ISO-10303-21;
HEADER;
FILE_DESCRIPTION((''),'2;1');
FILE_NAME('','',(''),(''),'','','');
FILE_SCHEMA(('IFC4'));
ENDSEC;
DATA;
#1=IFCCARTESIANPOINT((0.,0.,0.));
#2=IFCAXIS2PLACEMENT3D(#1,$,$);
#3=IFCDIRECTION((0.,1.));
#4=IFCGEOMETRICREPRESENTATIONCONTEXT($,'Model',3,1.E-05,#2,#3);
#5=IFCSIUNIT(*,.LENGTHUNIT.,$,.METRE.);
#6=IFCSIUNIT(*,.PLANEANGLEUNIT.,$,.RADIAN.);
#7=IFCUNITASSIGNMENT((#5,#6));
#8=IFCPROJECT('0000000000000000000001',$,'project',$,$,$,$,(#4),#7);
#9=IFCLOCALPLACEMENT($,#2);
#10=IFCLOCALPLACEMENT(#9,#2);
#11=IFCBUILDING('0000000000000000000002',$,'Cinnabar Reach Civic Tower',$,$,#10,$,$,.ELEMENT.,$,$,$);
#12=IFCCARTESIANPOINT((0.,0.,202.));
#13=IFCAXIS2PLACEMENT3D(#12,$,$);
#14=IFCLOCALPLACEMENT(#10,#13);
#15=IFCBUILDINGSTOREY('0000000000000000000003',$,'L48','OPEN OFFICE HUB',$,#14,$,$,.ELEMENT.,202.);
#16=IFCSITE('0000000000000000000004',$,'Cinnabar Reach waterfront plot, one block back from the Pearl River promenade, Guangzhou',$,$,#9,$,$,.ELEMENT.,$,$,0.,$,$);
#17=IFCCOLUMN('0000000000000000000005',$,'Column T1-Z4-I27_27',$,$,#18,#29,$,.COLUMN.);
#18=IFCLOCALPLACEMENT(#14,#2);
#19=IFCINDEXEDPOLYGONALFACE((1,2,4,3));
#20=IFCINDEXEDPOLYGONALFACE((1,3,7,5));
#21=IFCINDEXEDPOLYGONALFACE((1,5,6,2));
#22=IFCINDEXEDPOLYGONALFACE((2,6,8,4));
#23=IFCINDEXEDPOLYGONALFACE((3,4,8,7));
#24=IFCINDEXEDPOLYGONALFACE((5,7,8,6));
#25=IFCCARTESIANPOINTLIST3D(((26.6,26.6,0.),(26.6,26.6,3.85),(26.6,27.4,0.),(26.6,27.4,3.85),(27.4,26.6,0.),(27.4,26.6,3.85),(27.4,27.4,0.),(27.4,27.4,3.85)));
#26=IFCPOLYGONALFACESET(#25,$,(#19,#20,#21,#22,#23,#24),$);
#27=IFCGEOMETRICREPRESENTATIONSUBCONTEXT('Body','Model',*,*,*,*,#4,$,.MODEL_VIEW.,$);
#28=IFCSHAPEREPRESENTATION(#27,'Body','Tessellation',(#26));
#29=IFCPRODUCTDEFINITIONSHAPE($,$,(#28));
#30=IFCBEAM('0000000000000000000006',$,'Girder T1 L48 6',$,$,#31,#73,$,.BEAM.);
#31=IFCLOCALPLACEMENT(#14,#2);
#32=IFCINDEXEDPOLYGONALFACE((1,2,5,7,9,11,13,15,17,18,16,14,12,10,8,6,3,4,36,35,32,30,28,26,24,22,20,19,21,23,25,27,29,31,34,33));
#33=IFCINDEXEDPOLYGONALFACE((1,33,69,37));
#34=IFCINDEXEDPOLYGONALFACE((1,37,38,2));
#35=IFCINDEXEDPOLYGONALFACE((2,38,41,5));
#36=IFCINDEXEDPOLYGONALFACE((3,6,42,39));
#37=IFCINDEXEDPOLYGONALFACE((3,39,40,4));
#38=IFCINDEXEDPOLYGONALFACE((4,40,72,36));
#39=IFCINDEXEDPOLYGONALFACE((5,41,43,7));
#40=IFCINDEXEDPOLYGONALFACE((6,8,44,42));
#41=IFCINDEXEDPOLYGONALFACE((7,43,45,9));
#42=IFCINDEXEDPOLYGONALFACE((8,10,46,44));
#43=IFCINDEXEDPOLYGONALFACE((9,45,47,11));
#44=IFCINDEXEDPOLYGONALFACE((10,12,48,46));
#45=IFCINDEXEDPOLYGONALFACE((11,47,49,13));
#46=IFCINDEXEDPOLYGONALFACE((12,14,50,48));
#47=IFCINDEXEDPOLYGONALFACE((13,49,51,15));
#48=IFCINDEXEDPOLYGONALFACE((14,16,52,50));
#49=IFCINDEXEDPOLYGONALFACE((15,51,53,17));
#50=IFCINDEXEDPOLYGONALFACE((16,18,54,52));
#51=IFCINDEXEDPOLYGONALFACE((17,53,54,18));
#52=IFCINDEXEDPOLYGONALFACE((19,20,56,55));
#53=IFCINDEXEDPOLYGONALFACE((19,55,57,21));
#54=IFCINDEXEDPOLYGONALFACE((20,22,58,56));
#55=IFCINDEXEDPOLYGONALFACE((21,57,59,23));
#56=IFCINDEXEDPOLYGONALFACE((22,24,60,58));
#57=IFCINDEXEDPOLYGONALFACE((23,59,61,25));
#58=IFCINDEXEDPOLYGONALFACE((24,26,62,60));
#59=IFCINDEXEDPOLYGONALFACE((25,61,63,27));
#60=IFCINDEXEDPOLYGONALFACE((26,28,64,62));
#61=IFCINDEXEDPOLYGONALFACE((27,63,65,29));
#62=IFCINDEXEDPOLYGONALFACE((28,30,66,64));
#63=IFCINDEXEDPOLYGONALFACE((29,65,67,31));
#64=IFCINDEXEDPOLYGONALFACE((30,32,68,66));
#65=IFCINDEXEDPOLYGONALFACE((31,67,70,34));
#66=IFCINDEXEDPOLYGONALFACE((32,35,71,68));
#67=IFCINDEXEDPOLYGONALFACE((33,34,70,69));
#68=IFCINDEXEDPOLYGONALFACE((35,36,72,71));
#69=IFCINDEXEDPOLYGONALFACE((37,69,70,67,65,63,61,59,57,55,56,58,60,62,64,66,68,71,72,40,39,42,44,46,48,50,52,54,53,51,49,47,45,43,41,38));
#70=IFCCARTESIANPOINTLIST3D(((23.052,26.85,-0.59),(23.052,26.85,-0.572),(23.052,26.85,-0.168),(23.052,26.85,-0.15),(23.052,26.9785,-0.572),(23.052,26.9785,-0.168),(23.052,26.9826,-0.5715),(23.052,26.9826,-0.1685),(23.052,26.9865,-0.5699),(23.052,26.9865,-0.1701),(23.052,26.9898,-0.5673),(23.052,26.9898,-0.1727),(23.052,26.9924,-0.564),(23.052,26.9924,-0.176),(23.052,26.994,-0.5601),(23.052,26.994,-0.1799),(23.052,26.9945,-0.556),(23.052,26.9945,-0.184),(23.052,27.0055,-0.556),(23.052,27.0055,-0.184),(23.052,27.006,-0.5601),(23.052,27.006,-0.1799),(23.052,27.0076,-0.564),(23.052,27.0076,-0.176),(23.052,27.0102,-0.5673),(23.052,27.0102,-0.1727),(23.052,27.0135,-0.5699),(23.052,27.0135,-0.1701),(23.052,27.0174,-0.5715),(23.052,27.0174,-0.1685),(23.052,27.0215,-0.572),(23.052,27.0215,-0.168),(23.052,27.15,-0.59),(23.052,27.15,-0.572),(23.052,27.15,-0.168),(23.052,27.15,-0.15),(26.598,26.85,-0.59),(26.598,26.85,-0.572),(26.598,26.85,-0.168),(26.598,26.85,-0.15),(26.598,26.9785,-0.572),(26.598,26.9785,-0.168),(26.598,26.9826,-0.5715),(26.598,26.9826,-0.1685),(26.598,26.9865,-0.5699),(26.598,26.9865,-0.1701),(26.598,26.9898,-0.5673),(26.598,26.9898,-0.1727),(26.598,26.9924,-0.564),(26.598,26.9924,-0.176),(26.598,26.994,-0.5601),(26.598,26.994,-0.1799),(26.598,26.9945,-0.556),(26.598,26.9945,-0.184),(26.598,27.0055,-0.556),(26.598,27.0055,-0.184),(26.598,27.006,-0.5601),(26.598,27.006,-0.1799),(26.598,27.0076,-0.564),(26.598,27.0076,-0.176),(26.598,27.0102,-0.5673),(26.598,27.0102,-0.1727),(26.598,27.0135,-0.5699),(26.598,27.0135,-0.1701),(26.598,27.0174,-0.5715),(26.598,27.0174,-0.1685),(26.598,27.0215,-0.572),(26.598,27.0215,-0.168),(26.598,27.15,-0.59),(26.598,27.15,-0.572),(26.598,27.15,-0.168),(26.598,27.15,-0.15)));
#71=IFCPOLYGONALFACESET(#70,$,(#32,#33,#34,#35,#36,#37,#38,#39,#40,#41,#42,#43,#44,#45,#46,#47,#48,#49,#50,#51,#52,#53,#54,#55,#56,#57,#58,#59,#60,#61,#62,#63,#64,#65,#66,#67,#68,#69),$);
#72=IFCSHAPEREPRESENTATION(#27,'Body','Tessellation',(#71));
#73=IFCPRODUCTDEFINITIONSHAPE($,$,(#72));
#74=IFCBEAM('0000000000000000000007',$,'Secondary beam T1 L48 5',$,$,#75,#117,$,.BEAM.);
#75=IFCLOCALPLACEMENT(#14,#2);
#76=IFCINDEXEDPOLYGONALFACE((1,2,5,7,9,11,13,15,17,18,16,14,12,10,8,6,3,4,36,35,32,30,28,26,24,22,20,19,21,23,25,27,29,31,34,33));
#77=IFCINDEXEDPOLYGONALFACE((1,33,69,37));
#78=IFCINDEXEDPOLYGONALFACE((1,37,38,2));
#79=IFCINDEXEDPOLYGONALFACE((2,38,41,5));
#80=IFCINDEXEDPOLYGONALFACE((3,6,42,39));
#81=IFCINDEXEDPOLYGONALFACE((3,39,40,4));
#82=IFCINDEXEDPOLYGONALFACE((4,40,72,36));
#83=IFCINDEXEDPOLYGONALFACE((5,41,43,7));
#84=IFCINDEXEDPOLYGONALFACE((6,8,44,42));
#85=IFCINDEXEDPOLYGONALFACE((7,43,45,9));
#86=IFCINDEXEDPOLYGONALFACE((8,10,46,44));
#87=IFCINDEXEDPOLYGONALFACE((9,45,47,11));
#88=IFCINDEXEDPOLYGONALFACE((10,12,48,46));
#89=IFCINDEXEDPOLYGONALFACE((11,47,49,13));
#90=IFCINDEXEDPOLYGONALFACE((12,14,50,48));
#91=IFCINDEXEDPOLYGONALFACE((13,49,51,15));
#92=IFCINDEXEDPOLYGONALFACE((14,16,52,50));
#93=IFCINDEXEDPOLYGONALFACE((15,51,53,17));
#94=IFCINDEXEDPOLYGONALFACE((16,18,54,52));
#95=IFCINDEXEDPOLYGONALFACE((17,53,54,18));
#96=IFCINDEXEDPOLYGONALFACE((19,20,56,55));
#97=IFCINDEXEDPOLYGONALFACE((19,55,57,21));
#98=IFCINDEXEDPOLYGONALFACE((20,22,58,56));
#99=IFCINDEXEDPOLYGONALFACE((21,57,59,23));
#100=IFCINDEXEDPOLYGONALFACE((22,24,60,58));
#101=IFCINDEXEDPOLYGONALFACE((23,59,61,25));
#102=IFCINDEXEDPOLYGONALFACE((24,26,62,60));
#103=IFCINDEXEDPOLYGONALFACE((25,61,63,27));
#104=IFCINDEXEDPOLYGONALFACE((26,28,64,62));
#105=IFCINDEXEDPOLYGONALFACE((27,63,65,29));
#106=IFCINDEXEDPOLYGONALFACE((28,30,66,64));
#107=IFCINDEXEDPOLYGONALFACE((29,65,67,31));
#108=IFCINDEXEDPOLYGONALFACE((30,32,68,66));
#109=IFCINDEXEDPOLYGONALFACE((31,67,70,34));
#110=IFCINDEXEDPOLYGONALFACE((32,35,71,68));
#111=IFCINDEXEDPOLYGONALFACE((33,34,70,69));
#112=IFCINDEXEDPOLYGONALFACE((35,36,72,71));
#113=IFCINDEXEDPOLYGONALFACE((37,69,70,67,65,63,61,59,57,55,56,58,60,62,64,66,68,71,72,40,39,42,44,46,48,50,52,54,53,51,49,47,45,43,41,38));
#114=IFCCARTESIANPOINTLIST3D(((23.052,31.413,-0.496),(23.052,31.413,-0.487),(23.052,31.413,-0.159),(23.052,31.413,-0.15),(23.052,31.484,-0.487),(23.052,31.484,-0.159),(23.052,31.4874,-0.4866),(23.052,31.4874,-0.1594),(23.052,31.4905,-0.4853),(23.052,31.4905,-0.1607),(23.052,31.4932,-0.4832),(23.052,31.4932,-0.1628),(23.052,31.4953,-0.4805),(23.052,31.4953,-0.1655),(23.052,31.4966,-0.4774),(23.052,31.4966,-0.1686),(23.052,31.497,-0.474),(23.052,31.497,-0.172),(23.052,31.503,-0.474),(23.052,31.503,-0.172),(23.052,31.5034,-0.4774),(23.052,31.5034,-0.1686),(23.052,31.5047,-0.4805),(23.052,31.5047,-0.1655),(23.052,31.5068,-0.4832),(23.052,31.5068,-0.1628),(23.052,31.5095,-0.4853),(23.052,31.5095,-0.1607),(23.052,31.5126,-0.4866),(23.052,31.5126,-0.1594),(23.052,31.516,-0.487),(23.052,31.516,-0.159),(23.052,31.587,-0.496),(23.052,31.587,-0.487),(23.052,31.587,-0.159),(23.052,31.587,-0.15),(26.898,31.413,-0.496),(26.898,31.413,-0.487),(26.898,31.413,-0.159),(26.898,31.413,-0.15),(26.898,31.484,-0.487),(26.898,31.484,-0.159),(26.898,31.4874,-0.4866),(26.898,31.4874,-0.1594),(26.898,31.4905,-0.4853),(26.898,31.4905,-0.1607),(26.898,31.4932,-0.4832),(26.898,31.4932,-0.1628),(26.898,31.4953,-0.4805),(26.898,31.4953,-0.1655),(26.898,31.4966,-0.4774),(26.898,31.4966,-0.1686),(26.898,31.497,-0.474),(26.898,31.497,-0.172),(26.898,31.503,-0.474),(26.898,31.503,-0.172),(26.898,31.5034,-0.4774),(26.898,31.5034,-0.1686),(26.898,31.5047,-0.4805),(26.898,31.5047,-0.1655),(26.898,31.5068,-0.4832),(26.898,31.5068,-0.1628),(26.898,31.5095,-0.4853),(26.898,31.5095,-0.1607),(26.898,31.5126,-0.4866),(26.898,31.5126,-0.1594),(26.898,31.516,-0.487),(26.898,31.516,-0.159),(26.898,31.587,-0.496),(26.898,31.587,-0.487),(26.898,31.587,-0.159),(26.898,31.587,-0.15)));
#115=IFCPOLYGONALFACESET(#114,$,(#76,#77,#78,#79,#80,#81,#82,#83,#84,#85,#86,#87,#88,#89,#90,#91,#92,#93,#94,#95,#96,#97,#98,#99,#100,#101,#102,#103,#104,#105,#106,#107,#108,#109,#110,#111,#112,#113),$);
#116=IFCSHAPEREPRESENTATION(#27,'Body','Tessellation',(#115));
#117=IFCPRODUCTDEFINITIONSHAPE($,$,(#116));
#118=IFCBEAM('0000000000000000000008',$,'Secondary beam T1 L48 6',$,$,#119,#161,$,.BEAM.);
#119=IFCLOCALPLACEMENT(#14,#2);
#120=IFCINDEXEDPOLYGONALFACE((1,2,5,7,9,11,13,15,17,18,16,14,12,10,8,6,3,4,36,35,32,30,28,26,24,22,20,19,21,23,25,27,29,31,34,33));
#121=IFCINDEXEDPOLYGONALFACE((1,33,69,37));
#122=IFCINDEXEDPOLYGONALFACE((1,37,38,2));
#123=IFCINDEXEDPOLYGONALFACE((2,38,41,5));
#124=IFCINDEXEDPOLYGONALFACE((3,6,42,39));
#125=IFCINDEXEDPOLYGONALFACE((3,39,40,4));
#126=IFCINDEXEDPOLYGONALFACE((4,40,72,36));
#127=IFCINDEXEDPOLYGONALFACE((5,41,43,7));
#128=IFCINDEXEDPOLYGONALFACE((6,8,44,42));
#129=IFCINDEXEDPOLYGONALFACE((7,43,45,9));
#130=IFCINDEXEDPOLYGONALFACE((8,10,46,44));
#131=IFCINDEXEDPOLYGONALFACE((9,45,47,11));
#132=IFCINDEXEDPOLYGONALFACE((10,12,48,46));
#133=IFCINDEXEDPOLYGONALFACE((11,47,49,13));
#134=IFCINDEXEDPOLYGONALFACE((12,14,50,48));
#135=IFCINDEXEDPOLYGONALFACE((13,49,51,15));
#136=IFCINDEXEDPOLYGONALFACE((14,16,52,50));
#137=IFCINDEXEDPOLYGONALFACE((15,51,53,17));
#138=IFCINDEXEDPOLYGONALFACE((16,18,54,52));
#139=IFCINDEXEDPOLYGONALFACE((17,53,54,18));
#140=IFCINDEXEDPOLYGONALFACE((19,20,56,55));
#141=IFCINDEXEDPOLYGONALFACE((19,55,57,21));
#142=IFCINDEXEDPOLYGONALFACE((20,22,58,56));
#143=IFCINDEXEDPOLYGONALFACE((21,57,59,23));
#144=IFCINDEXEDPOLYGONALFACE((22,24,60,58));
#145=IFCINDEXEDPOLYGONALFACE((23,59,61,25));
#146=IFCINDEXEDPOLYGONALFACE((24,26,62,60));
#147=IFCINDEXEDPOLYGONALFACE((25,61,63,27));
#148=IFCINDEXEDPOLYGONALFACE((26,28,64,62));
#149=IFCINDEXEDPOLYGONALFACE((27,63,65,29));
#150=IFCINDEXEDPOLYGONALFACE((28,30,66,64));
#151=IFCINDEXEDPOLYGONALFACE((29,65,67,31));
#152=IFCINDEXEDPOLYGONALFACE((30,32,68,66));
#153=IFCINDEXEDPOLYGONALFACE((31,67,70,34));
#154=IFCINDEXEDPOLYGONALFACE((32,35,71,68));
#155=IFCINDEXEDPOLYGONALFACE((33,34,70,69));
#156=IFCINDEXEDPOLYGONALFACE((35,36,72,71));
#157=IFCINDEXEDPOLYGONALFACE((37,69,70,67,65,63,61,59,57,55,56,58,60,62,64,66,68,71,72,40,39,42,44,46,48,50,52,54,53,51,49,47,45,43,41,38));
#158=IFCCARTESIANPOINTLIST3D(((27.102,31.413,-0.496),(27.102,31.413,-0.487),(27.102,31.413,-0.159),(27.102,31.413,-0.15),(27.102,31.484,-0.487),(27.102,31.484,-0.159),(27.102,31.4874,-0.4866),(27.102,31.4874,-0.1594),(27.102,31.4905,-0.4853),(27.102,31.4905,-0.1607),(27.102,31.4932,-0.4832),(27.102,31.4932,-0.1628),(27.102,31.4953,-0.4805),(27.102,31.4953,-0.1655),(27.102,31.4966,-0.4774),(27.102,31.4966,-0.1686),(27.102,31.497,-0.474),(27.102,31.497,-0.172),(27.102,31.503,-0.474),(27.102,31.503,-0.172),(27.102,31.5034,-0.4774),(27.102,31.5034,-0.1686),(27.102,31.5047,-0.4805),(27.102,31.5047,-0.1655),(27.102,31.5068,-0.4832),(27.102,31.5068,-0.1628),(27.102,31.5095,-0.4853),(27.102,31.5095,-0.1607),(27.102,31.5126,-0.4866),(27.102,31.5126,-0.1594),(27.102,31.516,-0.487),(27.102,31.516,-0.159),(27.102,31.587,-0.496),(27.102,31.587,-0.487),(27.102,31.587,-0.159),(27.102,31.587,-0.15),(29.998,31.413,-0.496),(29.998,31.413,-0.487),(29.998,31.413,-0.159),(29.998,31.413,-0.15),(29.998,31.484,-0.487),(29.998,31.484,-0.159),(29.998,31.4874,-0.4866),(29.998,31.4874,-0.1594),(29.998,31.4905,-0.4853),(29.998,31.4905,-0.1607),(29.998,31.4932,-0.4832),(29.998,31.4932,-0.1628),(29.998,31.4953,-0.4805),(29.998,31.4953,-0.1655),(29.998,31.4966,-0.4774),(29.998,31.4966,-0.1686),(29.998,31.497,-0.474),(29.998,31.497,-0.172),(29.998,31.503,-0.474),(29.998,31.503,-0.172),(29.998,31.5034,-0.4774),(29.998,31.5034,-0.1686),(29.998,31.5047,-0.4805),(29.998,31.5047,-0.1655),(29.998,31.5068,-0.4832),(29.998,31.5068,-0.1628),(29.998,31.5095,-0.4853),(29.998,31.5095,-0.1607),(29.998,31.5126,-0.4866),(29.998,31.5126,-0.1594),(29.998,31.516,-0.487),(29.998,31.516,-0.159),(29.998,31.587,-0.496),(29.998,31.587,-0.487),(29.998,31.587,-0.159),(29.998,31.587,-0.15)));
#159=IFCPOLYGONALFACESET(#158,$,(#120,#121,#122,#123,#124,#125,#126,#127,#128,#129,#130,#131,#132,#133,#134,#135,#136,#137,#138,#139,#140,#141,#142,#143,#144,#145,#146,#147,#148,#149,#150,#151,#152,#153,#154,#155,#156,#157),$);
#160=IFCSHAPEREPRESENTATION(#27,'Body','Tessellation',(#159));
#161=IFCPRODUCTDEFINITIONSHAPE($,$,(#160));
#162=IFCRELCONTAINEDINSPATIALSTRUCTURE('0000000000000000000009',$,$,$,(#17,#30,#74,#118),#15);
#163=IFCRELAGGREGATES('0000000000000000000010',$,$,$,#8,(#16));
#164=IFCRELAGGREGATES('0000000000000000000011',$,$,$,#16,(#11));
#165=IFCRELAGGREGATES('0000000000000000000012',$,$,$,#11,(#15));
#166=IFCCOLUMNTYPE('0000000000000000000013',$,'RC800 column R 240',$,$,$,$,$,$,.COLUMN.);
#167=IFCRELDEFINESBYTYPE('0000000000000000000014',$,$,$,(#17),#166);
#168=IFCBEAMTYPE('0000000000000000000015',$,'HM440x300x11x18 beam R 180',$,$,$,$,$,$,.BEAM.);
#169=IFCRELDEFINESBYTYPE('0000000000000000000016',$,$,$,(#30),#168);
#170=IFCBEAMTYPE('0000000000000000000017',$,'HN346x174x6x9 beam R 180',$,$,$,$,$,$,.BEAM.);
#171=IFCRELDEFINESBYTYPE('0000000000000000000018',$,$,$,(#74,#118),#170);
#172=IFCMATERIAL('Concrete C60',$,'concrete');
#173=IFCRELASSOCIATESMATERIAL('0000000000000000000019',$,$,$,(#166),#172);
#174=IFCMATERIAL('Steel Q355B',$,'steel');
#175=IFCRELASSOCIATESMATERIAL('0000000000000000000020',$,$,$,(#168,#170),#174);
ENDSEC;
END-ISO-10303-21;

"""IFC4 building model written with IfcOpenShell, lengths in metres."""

from ifc_helpers import new_model, si_unit, direction, frame, origin, origin_2d, place, context, subcontext, project, spatial, rectangle, i_section, extrude, material, material_profile, profile_set, type_object, element, save


model = new_model("IFC4")

# Units and contexts
model_context = context("Model", 3, precision=1e-05, world=origin(), true_north=direction((0.0, 1.0)))
body_context = subcontext(model_context, "Body", "Model", "MODEL_VIEW")
ifc_project = project(units=[si_unit("LENGTHUNIT", "METRE"), si_unit("PLANEANGLEUNIT", "RADIAN")], contexts=[model_context])

# Site, building, storey
site_placement = place(None, origin())
site = spatial("IfcSite", under=ifc_project, at=site_placement, Name="Cinnabar Reach waterfront plot, one block back from the Pearl River promenade, Guangzhou", CompositionType="ELEMENT", RefElevation=0.0)
building_placement = place(site_placement, origin())
building = spatial("IfcBuilding", under=site, at=building_placement, Name="Cinnabar Reach Civic Tower", CompositionType="ELEMENT")
storey_placement = place(building_placement, frame((0.0, 0.0, 202.0)))
storey = spatial("IfcBuildingStorey", under=building, at=storey_placement, Name="L48", Description="OPEN OFFICE HUB", CompositionType="ELEMENT", Elevation=202.0)

# Column
ifc_material_1 = material(Name="Concrete C60", Category="concrete")
ifc_material_profile_1 = material_profile(ifc_material_1, rectangle(XDim=0.8, YDim=0.8, at=origin_2d()), Name="RC800")
ifc_profile_set_1 = profile_set([ifc_material_profile_1], Name="Concrete C60")
column_type = type_object("IfcColumnType", Name="RC800 column R 240", PredefinedType="COLUMN", material=ifc_profile_set_1)
column_placement = place(storey_placement, frame((27.0, 27.0, 0.0), z_axis=(0.0, 0.0, 1.0), x_axis=(1.0, 0.0, 0.0)))
element("IfcColumn", 1, at=column_placement, inside=storey, type_object=column_type, Name="Column T1-Z4-I27_27", PredefinedType="COLUMN", context=body_context, shape_type="SweptSolid", body=[
    extrude(rectangle(XDim=0.8, YDim=0.8, at=origin_2d()), origin(), (0.0, 0.0, 1.0), 3.85),
])

# Beams
ifc_material_2 = material(Name="Steel Q355B", Category="steel")
ifc_material_profile_2 = material_profile(ifc_material_2, i_section(OverallWidth=0.3, OverallDepth=0.44, WebThickness=0.011, FlangeThickness=0.018, FilletRadius=0.016, at=origin_2d()), Name="HM440x300x11x18")
ifc_profile_set_2 = profile_set([ifc_material_profile_2], Name="Steel Q355B")
beam_type_1 = type_object("IfcBeamType", Name="HM440x300x11x18 beam R 180", PredefinedType="BEAM", material=ifc_profile_set_2)
beam_1_placement = place(storey_placement, frame((23.052, 27.0, -0.37), z_axis=(1.0, 0.0, 0.0), x_axis=(0.0, 1.0, 0.0)))
element("IfcBeam", 2, at=beam_1_placement, inside=storey, type_object=beam_type_1, Name="Girder T1 L48 6", PredefinedType="BEAM", context=body_context, shape_type="SweptSolid", body=[
    extrude(i_section(OverallWidth=0.3, OverallDepth=0.44, WebThickness=0.011, FlangeThickness=0.018, FilletRadius=0.016, at=origin_2d()), origin(), (0.0, 0.0, 1.0), 3.546),
])
ifc_material_profile_3 = material_profile(ifc_material_2, i_section(OverallWidth=0.174, OverallDepth=0.346, WebThickness=0.006, FlangeThickness=0.009, FilletRadius=0.013, at=origin_2d()), Name="HN346x174x6x9")
ifc_profile_set_3 = profile_set([ifc_material_profile_3], Name="Steel Q355B")
beam_type_2 = type_object("IfcBeamType", Name="HN346x174x6x9 beam R 180", PredefinedType="BEAM", material=ifc_profile_set_3)
beam_2_placement = place(storey_placement, frame((23.052, 31.5, -0.323), z_axis=(1.0, 0.0, 0.0), x_axis=(0.0, 1.0, 0.0)))
element("IfcBeam", 3, at=beam_2_placement, inside=storey, type_object=beam_type_2, Name="Secondary beam T1 L48 5", PredefinedType="BEAM", context=body_context, shape_type="SweptSolid", body=[
    extrude(i_section(OverallWidth=0.174, OverallDepth=0.346, WebThickness=0.006, FlangeThickness=0.009, FilletRadius=0.013, at=origin_2d()), origin(), (0.0, 0.0, 1.0), 3.846),
])
beam_3_placement = place(storey_placement, frame((27.102, 31.5, -0.323), z_axis=(1.0, 0.0, 0.0), x_axis=(0.0, 1.0, 0.0)))
element("IfcBeam", 4, at=beam_3_placement, inside=storey, type_object=beam_type_2, Name="Secondary beam T1 L48 6", PredefinedType="BEAM", context=body_context, shape_type="SweptSolid", body=[
    extrude(i_section(OverallWidth=0.174, OverallDepth=0.346, WebThickness=0.006, FlangeThickness=0.009, FilletRadius=0.013, at=origin_2d()), origin(), (0.0, 0.0, 1.0), 2.896),
])

save(model, "model.ifc")
